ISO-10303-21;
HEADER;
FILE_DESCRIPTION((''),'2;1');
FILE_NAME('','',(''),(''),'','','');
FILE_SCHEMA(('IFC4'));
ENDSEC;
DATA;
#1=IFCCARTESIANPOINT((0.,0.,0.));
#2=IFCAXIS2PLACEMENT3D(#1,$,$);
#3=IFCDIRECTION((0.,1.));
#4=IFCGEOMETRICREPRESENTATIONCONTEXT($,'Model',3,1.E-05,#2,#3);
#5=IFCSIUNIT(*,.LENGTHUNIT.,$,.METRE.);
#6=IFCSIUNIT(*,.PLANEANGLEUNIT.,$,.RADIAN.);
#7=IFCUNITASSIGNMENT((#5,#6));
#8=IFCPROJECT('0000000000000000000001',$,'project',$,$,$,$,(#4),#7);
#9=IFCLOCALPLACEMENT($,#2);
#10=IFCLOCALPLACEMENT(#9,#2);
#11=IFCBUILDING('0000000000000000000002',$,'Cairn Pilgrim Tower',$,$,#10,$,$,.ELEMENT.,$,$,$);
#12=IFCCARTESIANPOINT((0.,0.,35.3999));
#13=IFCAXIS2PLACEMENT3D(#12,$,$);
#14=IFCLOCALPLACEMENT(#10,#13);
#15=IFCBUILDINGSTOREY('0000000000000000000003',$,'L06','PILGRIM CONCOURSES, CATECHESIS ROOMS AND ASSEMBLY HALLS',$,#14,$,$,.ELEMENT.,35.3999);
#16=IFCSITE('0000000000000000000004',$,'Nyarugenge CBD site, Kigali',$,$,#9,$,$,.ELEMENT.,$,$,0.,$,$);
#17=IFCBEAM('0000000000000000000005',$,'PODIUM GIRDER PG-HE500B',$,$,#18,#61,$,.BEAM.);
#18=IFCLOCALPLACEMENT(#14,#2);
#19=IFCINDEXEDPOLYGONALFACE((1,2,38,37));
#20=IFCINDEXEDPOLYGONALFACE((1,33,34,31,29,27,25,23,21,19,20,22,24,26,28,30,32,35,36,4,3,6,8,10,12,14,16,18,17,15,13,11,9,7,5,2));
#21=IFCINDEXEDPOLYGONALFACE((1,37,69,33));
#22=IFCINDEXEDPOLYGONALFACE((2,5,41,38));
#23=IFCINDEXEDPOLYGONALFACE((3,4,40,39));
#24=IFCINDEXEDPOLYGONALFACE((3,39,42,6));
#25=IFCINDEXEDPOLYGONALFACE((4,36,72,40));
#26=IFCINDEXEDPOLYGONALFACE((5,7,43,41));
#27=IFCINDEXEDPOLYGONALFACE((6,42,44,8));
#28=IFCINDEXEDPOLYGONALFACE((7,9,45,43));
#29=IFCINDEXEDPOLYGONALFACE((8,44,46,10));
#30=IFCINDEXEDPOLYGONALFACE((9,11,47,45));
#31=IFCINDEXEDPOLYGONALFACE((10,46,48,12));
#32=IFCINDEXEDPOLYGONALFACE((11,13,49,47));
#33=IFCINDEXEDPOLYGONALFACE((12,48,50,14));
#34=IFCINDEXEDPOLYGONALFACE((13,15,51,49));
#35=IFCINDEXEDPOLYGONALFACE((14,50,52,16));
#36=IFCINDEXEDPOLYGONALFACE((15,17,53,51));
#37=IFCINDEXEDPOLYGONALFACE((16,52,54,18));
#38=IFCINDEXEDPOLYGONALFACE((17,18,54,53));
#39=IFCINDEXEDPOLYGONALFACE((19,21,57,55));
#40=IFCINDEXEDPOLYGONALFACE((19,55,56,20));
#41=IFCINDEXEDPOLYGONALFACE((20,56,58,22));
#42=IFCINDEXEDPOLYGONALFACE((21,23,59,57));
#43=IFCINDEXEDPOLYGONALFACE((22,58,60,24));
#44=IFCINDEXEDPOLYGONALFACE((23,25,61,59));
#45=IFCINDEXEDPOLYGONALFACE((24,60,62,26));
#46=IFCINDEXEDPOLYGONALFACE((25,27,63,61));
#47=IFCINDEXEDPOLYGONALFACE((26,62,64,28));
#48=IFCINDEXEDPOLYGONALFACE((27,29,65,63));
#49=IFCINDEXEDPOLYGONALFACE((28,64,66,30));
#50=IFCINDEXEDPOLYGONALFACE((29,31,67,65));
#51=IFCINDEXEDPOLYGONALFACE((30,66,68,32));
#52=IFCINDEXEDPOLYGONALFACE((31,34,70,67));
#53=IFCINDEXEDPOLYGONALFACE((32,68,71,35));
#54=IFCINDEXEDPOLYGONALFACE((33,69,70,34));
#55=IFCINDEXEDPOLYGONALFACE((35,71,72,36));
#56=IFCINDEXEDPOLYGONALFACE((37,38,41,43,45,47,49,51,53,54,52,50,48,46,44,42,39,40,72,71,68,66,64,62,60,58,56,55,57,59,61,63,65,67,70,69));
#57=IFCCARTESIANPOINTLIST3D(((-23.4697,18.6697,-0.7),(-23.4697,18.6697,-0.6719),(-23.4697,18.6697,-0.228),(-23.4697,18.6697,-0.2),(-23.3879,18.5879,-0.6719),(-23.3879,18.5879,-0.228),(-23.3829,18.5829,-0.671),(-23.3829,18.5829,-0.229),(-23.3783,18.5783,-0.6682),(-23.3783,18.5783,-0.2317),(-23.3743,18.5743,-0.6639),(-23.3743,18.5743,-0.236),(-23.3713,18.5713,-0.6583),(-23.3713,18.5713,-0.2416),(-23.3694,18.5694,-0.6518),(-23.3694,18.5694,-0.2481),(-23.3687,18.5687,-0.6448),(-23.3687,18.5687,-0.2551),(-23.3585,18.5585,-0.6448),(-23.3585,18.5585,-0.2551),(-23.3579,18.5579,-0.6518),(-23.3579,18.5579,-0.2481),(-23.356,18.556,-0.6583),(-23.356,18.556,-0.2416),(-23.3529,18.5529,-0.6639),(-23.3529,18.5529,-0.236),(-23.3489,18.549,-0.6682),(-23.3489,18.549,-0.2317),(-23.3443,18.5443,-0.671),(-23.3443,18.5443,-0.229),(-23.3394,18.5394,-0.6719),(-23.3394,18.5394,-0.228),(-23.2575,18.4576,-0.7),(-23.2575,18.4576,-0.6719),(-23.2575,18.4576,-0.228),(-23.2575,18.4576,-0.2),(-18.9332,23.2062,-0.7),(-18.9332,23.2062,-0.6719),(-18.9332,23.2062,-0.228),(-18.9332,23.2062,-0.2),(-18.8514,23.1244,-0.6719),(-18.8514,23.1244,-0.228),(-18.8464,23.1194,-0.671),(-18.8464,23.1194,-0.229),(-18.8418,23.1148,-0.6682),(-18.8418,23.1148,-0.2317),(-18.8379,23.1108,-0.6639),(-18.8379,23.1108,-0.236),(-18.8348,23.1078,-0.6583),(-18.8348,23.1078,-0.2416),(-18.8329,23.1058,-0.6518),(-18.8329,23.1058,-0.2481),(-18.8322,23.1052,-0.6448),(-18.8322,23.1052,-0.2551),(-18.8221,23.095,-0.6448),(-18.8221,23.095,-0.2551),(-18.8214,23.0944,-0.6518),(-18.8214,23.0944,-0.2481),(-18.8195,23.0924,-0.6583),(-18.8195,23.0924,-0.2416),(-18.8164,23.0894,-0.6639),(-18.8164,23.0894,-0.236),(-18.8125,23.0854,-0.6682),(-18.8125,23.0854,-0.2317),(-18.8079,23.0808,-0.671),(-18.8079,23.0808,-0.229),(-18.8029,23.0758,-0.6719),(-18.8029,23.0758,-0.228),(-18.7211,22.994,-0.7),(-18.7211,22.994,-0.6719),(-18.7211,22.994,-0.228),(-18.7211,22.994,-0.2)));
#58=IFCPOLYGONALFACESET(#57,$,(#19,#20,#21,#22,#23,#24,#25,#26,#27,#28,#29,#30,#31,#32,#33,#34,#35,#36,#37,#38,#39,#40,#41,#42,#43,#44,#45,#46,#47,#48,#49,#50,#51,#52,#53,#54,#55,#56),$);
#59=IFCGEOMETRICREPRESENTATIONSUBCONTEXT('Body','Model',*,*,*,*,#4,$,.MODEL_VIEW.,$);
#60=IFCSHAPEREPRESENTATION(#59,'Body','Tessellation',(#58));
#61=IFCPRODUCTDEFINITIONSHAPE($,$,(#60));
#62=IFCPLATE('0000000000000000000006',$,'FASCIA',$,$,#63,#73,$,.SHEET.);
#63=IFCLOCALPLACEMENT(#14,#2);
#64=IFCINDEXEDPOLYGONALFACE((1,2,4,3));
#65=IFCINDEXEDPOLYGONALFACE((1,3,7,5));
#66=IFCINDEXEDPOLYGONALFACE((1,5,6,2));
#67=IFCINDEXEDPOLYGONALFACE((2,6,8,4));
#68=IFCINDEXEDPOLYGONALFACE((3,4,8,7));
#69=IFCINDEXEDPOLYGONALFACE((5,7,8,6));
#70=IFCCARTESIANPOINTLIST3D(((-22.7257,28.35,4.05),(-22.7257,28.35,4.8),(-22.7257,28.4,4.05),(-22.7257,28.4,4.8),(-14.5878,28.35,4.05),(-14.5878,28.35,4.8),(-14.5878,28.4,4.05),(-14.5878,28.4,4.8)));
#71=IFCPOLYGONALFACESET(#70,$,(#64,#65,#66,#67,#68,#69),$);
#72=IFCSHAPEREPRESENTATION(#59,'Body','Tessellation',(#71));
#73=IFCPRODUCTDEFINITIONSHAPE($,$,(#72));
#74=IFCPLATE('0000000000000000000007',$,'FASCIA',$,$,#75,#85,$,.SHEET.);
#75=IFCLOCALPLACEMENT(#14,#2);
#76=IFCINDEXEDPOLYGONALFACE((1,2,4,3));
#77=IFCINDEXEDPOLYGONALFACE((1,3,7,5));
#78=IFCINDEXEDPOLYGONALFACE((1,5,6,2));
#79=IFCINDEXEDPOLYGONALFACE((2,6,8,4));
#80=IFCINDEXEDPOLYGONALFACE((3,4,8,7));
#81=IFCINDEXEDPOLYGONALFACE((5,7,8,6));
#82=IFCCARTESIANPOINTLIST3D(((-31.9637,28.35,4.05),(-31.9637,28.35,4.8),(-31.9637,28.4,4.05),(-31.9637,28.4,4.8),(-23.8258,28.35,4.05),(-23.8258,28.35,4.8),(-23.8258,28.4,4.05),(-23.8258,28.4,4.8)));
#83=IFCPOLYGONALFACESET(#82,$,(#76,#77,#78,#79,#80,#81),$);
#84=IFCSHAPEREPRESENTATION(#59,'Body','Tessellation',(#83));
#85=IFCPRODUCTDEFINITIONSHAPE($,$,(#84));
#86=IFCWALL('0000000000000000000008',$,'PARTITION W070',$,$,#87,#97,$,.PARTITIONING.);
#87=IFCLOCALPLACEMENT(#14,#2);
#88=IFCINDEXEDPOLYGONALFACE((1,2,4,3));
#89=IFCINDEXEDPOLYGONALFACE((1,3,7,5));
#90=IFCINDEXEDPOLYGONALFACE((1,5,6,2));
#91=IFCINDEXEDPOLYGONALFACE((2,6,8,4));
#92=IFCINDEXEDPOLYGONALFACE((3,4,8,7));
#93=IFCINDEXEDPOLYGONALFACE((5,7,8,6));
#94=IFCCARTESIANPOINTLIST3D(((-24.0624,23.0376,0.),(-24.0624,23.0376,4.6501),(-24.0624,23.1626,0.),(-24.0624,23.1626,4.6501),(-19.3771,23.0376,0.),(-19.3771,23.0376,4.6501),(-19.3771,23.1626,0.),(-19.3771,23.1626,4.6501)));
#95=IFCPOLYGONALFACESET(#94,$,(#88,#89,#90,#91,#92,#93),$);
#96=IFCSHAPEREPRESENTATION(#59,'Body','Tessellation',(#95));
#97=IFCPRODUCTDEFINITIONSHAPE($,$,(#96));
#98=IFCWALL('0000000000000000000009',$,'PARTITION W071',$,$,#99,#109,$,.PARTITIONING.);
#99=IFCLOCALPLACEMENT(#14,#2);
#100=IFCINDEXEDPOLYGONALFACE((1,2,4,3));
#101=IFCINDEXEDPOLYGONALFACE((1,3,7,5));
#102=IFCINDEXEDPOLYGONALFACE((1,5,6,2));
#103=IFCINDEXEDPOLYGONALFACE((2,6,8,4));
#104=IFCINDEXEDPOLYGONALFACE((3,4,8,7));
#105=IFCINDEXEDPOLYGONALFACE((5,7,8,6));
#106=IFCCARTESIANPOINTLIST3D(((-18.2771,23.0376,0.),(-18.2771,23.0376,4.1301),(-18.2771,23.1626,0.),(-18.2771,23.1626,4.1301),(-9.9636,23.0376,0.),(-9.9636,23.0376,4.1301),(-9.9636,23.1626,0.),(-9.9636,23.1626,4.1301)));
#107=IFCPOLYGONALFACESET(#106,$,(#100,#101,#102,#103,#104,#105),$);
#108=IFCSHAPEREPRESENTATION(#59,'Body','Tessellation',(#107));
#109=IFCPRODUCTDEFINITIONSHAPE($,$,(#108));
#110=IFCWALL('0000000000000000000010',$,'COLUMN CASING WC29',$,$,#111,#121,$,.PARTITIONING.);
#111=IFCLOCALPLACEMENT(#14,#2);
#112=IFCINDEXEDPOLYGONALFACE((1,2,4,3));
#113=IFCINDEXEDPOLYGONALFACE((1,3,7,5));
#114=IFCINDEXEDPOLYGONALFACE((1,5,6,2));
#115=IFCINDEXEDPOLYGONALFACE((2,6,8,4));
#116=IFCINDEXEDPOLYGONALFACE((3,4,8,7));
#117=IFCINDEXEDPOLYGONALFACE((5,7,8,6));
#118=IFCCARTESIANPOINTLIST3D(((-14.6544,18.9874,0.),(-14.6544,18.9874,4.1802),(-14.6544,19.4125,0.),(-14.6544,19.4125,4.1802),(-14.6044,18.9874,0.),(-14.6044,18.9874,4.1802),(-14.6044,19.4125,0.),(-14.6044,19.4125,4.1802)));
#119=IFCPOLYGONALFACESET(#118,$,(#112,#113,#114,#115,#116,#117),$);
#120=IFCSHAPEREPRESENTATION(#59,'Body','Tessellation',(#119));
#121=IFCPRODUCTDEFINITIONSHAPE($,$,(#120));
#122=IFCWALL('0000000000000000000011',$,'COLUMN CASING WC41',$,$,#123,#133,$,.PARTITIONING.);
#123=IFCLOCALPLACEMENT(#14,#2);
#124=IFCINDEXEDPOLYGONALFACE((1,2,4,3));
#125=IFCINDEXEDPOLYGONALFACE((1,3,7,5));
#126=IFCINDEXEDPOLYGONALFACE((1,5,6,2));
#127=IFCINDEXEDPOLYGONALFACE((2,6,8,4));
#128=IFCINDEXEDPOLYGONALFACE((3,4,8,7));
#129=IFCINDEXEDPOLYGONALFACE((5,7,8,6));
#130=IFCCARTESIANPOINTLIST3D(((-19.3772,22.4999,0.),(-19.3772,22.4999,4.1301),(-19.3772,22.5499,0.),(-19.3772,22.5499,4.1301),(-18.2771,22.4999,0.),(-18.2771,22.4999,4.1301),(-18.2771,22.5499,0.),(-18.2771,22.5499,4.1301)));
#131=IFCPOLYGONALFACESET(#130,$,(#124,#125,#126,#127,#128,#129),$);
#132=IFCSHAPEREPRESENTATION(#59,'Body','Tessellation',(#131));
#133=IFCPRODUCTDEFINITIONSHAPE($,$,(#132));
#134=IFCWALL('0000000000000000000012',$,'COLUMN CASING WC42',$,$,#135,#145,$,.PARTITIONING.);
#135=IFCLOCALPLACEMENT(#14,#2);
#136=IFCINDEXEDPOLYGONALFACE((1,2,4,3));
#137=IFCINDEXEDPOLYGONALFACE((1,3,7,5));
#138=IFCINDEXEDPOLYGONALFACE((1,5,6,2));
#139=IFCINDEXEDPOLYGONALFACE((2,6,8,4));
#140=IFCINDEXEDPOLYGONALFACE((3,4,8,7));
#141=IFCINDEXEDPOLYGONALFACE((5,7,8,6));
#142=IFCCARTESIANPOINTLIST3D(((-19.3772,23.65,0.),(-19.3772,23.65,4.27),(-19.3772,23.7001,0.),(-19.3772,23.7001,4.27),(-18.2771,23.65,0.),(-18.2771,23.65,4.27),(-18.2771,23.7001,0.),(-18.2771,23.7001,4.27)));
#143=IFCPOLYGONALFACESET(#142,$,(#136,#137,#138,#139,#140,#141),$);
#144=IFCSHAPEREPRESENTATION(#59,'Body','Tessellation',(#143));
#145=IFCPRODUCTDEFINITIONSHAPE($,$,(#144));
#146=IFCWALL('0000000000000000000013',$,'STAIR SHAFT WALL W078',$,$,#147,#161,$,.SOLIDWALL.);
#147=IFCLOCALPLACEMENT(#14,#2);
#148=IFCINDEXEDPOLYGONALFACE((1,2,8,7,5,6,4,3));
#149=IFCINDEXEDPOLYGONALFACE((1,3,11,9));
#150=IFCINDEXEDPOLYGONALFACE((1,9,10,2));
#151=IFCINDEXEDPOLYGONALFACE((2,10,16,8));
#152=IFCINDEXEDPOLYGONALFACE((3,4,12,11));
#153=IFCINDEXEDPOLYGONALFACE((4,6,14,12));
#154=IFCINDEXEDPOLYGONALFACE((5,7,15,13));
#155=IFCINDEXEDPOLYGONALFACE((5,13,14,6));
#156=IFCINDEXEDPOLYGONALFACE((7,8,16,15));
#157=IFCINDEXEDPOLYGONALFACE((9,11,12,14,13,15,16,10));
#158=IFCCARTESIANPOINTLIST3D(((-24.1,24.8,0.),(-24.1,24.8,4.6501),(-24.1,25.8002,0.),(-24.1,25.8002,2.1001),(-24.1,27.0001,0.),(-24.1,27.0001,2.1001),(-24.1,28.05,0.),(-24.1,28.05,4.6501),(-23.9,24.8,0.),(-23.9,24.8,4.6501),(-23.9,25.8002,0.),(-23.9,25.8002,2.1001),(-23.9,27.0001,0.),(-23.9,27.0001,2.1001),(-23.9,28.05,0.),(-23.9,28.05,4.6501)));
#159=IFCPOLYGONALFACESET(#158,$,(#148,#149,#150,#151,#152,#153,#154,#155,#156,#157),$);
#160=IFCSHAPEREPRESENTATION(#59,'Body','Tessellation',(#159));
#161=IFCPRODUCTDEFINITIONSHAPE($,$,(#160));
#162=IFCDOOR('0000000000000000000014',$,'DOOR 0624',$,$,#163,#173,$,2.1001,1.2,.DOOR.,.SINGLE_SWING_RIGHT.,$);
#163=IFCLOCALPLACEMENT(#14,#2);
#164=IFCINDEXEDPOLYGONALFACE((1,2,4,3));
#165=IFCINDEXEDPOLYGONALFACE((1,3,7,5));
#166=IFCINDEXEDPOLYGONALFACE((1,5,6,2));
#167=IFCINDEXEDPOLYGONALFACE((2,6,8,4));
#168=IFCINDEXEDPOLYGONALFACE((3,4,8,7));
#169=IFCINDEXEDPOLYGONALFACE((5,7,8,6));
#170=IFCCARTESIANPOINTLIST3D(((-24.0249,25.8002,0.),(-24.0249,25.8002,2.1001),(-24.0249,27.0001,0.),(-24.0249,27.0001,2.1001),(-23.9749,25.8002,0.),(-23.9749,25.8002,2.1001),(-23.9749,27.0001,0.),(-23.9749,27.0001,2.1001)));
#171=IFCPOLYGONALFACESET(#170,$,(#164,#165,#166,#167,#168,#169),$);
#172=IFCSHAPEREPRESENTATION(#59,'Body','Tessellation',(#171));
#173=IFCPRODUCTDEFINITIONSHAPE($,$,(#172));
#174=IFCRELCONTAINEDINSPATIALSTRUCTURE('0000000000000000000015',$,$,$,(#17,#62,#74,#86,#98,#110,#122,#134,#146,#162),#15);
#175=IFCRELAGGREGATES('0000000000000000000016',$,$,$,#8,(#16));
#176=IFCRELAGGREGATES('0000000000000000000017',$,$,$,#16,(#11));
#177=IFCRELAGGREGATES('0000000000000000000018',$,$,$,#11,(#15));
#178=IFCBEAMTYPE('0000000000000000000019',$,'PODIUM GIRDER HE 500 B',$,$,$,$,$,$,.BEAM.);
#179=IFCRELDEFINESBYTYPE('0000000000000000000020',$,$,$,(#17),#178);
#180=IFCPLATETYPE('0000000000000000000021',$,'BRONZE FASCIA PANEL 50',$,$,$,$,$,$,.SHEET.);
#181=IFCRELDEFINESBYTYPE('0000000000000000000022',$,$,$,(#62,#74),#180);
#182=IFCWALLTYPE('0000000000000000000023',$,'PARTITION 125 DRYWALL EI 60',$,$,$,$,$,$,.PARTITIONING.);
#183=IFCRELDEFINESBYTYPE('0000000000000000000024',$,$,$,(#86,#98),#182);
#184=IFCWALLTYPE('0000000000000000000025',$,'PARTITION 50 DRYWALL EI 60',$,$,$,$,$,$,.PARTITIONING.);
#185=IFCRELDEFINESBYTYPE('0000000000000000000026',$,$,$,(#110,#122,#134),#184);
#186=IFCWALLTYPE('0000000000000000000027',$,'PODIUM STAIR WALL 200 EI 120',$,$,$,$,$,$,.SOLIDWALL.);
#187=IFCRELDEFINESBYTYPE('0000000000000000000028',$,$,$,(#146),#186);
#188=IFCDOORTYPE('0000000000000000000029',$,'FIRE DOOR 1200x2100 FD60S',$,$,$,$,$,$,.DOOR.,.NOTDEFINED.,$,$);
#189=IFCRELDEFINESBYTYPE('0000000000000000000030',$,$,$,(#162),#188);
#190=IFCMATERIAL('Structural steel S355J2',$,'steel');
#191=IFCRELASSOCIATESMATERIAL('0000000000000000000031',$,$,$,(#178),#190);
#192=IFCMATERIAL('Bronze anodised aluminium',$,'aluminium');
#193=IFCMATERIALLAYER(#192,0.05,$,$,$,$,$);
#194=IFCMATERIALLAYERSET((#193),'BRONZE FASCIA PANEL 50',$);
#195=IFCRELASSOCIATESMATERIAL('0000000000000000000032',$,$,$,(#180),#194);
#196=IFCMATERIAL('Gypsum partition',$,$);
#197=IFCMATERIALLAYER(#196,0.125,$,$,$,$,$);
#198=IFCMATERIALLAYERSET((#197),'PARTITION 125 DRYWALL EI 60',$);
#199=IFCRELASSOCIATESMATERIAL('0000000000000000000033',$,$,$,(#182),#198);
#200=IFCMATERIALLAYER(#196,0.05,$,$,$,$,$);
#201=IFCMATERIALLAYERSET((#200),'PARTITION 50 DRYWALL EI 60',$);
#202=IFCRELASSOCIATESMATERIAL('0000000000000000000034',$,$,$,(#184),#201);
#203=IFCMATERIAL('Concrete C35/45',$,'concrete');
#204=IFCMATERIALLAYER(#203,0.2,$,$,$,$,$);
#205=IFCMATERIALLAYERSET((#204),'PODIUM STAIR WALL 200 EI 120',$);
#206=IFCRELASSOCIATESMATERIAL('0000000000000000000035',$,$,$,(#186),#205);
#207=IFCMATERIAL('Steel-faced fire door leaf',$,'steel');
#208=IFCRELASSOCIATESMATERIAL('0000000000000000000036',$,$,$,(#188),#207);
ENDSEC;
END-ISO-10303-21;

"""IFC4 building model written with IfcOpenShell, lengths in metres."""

from ifc_helpers import new_model, si_unit, direction, frame, frame_2d, origin, origin_2d, place, context, subcontext, project, spatial, rectangle, i_section, extrude, material, layer, layer_set, material_profile, profile_set, type_object, element, fill, save


model = new_model("IFC4")

# Units and contexts
model_context = context("Model", 3, precision=1e-05, world=origin(), true_north=direction((0.0, 1.0)))
body_context = subcontext(model_context, "Body", "Model", "MODEL_VIEW")
ifc_project = project(units=[si_unit("LENGTHUNIT", "METRE"), si_unit("PLANEANGLEUNIT", "RADIAN")], contexts=[model_context])

# Site, building, storey
site_placement = place(None, origin())
site = spatial("IfcSite", under=ifc_project, at=site_placement, Name="Nyarugenge CBD site, Kigali", CompositionType="ELEMENT", RefElevation=0.0)
building_placement = place(site_placement, origin())
building = spatial("IfcBuilding", under=site, at=building_placement, Name="Cairn Pilgrim Tower", CompositionType="ELEMENT")
storey_placement = place(building_placement, frame((0.0, 0.0, 35.3999)))
storey = spatial("IfcBuildingStorey", under=building, at=storey_placement, Name="L06", Description="PILGRIM CONCOURSES, CATECHESIS ROOMS AND ASSEMBLY HALLS", CompositionType="ELEMENT", Elevation=35.3999)

# Beam
ifc_material_1 = material(Name="Structural steel S355J2", Category="steel")
ifc_material_profile_1 = material_profile(ifc_material_1, i_section(OverallWidth=0.3, OverallDepth=0.5, WebThickness=0.0144, FlangeThickness=0.0281, FilletRadius=0.0271, at=origin_2d()), Name="HEB 500")
ifc_profile_set_1 = profile_set([ifc_material_profile_1], Name="Structural steel S355J2")
beam_type_1 = type_object("IfcBeamType", Name="PODIUM GIRDER HE 500 B", PredefinedType="BEAM", material=ifc_profile_set_1)
beam_1_placement = place(storey_placement, frame((-18.8271, 23.1001, -0.45), z_axis=(-0.707107, -0.707107, 0.0), x_axis=(0.707107, -0.707107, 0.0)))
element("IfcBeam", 1, at=beam_1_placement, inside=storey, type_object=beam_type_1, Name="PODIUM GIRDER PG-HE500B", PredefinedType="BEAM", context=body_context, shape_type="SweptSolid", body=[
    extrude(i_section(OverallWidth=0.3, OverallDepth=0.5, WebThickness=0.0144, FlangeThickness=0.0281, FilletRadius=0.0271, at=origin_2d()), origin(), (0.0, 0.0, 1.0), 6.4155),
])

# Plates
ifc_material_2 = material(Name="Bronze anodised aluminium", Category="aluminium")
ifc_layer_1 = layer(ifc_material_2, 0.05)
ifc_layer_set_1 = layer_set([ifc_layer_1], Name="BRONZE FASCIA PANEL 50")
plate_type = type_object("IfcPlateType", Name="BRONZE FASCIA PANEL 50", PredefinedType="SHEET", material=ifc_layer_set_1)
for number, where, z_axis, x_axis, name in (
    (2, (-18.6567, 28.375, 4.05), (0.0, 0.0, 1.0), (-1.0, 0.0, 0.0), "FASCIA"),
    (3, (-27.8948, 28.375, 4.05), (0.0, 0.0, 1.0), (-1.0, 0.0, 0.0), "FASCIA"),
):
    element("IfcPlate", number, at=place(storey_placement, frame(where, z_axis=z_axis, x_axis=x_axis)), inside=storey, type_object=plate_type, Name=name, PredefinedType="SHEET", context=body_context, shape_type="SweptSolid", body=[
        extrude(rectangle(XDim=8.1379, YDim=0.05, at=origin_2d()), origin(), (0.0, 0.0, 1.0), 0.75),
    ])

# Walls
ifc_material_3 = material(Name="Gypsum partition")
ifc_layer_2 = layer(ifc_material_3, 0.125)
ifc_layer_set_2 = layer_set([ifc_layer_2], Name="PARTITION 125 DRYWALL EI 60")
wall_type_1 = type_object("IfcWallType", Name="PARTITION 125 DRYWALL EI 60", PredefinedType="PARTITIONING", material=ifc_layer_set_2)
wall_1_placement = place(storey_placement, frame((-24.0625, 23.1001, 0.0), z_axis=(0.0, 0.0, 1.0), x_axis=(1.0, 0.0, 0.0)))
element("IfcWall", 4, at=wall_1_placement, inside=storey, type_object=wall_type_1, Name="PARTITION W070", PredefinedType="PARTITIONING", context=body_context, shape_type="SweptSolid", body=[
    extrude(rectangle(XDim=4.6853, YDim=0.125, at=frame_2d((2.3428, 0.0))), origin(), (0.0, 0.0, 1.0), 4.6501),
])
wall_2_placement = place(storey_placement, frame((-18.2771, 23.1001, 0.0), z_axis=(0.0, 0.0, 1.0), x_axis=(1.0, 0.0, 0.0)))
element("IfcWall", 5, at=wall_2_placement, inside=storey, type_object=wall_type_1, Name="PARTITION W071", PredefinedType="PARTITIONING", context=body_context, shape_type="SweptSolid", body=[
    extrude(rectangle(XDim=8.3135, YDim=0.125, at=frame_2d((4.1567, 0.0))), origin(), (0.0, 0.0, 1.0), 4.1301),
])
ifc_layer_3 = layer(ifc_material_3, 0.05)
ifc_layer_set_3 = layer_set([ifc_layer_3], Name="PARTITION 50 DRYWALL EI 60")
wall_type_2 = type_object("IfcWallType", Name="PARTITION 50 DRYWALL EI 60", PredefinedType="PARTITIONING", material=ifc_layer_set_3)
wall_3_placement = place(storey_placement, frame((-14.6294, 18.9875, 0.0), z_axis=(0.0, 0.0, 1.0), x_axis=(0.0, 1.0, 0.0)))
element("IfcWall", 6, at=wall_3_placement, inside=storey, type_object=wall_type_2, Name="COLUMN CASING WC29", PredefinedType="PARTITIONING", context=body_context, shape_type="SweptSolid", body=[
    extrude(rectangle(XDim=0.425, YDim=0.05, at=frame_2d((0.2124, 0.0))), origin(), (0.0, 0.0, 1.0), 4.1802),
])
wall_4_placement = place(storey_placement, frame((-19.3772, 22.5249, 0.0), z_axis=(0.0, 0.0, 1.0), x_axis=(1.0, 0.0, 0.0)))
element("IfcWall", 7, at=wall_4_placement, inside=storey, type_object=wall_type_2, Name="COLUMN CASING WC41", PredefinedType="PARTITIONING", context=body_context, shape_type="SweptSolid", body=[
    extrude(rectangle(XDim=1.1001, YDim=0.05, at=frame_2d((0.55, 0.0))), origin(), (0.0, 0.0, 1.0), 4.1301),
])
wall_5_placement = place(storey_placement, frame((-19.3772, 23.675, 0.0), z_axis=(0.0, 0.0, 1.0), x_axis=(1.0, 0.0, 0.0)))
element("IfcWall", 8, at=wall_5_placement, inside=storey, type_object=wall_type_2, Name="COLUMN CASING WC42", PredefinedType="PARTITIONING", context=body_context, shape_type="SweptSolid", body=[
    extrude(rectangle(XDim=1.1001, YDim=0.05, at=frame_2d((0.55, 0.0))), origin(), (0.0, 0.0, 1.0), 4.27),
])

# Wall, opening, door
ifc_material_4 = material(Name="Concrete C35/45", Category="concrete")
ifc_layer_4 = layer(ifc_material_4, 0.2)
ifc_layer_set_4 = layer_set([ifc_layer_4], Name="PODIUM STAIR WALL 200 EI 120")
wall_type_3 = type_object("IfcWallType", Name="PODIUM STAIR WALL 200 EI 120", PredefinedType="SOLIDWALL", material=ifc_layer_set_4)
wall_6_placement = place(storey_placement, frame((-24.0, 24.8, 0.0), z_axis=(0.0, 0.0, 1.0), x_axis=(0.0, 1.0, 0.0)))
wall_6 = element("IfcWall", 9, at=wall_6_placement, inside=storey, type_object=wall_type_3, Name="STAIR SHAFT WALL W078", PredefinedType="SOLIDWALL", context=body_context, shape_type="SweptSolid", body=[
    extrude(rectangle(XDim=3.25, YDim=0.2, at=frame_2d((1.625, 0.0))), origin(), (0.0, 0.0, 1.0), 4.6501),
])
opening_1_placement = place(wall_6_placement, frame((1.0, 0.0, 0.0)))
opening_1 = element("IfcOpeningElement", 10, at=opening_1_placement, cuts=wall_6, PredefinedType="OPENING", context=body_context, shape_type="SweptSolid", body=[
    extrude(rectangle(XDim=1.2, YDim=2.1001, at=frame_2d((0.6001, 1.05))), frame((0.0, 0.1099, 0.0), z_axis=(0.0, -1.0, 0.0), x_axis=(1.0, 0.0, 0.0)), (0.0, 0.0, 1.0), 0.22),
])
ifc_material_5 = material(Name="Steel-faced fire door leaf", Category="steel")
door_type = type_object("IfcDoorType", Name="FIRE DOOR 1200x2100 FD60S", OperationType="NOTDEFINED", PredefinedType="DOOR", material=ifc_material_5)
door_placement = place(opening_1_placement, origin())
door = element("IfcDoor", 11, at=door_placement, inside=storey, type_object=door_type, Name="DOOR 0624", OperationType="SINGLE_SWING_RIGHT", OverallHeight=2.1001, OverallWidth=1.2, PredefinedType="DOOR", context=body_context, shape_type="SweptSolid", body=[
    extrude(rectangle(XDim=1.2, YDim=2.1001, at=frame_2d((0.6001, 1.05))), frame((0.0, 0.0249, 0.0), z_axis=(0.0, -1.0, 0.0), x_axis=(1.0, 0.0, 0.0)), (0.0, 0.0, 1.0), 0.05),
])
fill(opening_1, door)

save(model, "model.ifc")
